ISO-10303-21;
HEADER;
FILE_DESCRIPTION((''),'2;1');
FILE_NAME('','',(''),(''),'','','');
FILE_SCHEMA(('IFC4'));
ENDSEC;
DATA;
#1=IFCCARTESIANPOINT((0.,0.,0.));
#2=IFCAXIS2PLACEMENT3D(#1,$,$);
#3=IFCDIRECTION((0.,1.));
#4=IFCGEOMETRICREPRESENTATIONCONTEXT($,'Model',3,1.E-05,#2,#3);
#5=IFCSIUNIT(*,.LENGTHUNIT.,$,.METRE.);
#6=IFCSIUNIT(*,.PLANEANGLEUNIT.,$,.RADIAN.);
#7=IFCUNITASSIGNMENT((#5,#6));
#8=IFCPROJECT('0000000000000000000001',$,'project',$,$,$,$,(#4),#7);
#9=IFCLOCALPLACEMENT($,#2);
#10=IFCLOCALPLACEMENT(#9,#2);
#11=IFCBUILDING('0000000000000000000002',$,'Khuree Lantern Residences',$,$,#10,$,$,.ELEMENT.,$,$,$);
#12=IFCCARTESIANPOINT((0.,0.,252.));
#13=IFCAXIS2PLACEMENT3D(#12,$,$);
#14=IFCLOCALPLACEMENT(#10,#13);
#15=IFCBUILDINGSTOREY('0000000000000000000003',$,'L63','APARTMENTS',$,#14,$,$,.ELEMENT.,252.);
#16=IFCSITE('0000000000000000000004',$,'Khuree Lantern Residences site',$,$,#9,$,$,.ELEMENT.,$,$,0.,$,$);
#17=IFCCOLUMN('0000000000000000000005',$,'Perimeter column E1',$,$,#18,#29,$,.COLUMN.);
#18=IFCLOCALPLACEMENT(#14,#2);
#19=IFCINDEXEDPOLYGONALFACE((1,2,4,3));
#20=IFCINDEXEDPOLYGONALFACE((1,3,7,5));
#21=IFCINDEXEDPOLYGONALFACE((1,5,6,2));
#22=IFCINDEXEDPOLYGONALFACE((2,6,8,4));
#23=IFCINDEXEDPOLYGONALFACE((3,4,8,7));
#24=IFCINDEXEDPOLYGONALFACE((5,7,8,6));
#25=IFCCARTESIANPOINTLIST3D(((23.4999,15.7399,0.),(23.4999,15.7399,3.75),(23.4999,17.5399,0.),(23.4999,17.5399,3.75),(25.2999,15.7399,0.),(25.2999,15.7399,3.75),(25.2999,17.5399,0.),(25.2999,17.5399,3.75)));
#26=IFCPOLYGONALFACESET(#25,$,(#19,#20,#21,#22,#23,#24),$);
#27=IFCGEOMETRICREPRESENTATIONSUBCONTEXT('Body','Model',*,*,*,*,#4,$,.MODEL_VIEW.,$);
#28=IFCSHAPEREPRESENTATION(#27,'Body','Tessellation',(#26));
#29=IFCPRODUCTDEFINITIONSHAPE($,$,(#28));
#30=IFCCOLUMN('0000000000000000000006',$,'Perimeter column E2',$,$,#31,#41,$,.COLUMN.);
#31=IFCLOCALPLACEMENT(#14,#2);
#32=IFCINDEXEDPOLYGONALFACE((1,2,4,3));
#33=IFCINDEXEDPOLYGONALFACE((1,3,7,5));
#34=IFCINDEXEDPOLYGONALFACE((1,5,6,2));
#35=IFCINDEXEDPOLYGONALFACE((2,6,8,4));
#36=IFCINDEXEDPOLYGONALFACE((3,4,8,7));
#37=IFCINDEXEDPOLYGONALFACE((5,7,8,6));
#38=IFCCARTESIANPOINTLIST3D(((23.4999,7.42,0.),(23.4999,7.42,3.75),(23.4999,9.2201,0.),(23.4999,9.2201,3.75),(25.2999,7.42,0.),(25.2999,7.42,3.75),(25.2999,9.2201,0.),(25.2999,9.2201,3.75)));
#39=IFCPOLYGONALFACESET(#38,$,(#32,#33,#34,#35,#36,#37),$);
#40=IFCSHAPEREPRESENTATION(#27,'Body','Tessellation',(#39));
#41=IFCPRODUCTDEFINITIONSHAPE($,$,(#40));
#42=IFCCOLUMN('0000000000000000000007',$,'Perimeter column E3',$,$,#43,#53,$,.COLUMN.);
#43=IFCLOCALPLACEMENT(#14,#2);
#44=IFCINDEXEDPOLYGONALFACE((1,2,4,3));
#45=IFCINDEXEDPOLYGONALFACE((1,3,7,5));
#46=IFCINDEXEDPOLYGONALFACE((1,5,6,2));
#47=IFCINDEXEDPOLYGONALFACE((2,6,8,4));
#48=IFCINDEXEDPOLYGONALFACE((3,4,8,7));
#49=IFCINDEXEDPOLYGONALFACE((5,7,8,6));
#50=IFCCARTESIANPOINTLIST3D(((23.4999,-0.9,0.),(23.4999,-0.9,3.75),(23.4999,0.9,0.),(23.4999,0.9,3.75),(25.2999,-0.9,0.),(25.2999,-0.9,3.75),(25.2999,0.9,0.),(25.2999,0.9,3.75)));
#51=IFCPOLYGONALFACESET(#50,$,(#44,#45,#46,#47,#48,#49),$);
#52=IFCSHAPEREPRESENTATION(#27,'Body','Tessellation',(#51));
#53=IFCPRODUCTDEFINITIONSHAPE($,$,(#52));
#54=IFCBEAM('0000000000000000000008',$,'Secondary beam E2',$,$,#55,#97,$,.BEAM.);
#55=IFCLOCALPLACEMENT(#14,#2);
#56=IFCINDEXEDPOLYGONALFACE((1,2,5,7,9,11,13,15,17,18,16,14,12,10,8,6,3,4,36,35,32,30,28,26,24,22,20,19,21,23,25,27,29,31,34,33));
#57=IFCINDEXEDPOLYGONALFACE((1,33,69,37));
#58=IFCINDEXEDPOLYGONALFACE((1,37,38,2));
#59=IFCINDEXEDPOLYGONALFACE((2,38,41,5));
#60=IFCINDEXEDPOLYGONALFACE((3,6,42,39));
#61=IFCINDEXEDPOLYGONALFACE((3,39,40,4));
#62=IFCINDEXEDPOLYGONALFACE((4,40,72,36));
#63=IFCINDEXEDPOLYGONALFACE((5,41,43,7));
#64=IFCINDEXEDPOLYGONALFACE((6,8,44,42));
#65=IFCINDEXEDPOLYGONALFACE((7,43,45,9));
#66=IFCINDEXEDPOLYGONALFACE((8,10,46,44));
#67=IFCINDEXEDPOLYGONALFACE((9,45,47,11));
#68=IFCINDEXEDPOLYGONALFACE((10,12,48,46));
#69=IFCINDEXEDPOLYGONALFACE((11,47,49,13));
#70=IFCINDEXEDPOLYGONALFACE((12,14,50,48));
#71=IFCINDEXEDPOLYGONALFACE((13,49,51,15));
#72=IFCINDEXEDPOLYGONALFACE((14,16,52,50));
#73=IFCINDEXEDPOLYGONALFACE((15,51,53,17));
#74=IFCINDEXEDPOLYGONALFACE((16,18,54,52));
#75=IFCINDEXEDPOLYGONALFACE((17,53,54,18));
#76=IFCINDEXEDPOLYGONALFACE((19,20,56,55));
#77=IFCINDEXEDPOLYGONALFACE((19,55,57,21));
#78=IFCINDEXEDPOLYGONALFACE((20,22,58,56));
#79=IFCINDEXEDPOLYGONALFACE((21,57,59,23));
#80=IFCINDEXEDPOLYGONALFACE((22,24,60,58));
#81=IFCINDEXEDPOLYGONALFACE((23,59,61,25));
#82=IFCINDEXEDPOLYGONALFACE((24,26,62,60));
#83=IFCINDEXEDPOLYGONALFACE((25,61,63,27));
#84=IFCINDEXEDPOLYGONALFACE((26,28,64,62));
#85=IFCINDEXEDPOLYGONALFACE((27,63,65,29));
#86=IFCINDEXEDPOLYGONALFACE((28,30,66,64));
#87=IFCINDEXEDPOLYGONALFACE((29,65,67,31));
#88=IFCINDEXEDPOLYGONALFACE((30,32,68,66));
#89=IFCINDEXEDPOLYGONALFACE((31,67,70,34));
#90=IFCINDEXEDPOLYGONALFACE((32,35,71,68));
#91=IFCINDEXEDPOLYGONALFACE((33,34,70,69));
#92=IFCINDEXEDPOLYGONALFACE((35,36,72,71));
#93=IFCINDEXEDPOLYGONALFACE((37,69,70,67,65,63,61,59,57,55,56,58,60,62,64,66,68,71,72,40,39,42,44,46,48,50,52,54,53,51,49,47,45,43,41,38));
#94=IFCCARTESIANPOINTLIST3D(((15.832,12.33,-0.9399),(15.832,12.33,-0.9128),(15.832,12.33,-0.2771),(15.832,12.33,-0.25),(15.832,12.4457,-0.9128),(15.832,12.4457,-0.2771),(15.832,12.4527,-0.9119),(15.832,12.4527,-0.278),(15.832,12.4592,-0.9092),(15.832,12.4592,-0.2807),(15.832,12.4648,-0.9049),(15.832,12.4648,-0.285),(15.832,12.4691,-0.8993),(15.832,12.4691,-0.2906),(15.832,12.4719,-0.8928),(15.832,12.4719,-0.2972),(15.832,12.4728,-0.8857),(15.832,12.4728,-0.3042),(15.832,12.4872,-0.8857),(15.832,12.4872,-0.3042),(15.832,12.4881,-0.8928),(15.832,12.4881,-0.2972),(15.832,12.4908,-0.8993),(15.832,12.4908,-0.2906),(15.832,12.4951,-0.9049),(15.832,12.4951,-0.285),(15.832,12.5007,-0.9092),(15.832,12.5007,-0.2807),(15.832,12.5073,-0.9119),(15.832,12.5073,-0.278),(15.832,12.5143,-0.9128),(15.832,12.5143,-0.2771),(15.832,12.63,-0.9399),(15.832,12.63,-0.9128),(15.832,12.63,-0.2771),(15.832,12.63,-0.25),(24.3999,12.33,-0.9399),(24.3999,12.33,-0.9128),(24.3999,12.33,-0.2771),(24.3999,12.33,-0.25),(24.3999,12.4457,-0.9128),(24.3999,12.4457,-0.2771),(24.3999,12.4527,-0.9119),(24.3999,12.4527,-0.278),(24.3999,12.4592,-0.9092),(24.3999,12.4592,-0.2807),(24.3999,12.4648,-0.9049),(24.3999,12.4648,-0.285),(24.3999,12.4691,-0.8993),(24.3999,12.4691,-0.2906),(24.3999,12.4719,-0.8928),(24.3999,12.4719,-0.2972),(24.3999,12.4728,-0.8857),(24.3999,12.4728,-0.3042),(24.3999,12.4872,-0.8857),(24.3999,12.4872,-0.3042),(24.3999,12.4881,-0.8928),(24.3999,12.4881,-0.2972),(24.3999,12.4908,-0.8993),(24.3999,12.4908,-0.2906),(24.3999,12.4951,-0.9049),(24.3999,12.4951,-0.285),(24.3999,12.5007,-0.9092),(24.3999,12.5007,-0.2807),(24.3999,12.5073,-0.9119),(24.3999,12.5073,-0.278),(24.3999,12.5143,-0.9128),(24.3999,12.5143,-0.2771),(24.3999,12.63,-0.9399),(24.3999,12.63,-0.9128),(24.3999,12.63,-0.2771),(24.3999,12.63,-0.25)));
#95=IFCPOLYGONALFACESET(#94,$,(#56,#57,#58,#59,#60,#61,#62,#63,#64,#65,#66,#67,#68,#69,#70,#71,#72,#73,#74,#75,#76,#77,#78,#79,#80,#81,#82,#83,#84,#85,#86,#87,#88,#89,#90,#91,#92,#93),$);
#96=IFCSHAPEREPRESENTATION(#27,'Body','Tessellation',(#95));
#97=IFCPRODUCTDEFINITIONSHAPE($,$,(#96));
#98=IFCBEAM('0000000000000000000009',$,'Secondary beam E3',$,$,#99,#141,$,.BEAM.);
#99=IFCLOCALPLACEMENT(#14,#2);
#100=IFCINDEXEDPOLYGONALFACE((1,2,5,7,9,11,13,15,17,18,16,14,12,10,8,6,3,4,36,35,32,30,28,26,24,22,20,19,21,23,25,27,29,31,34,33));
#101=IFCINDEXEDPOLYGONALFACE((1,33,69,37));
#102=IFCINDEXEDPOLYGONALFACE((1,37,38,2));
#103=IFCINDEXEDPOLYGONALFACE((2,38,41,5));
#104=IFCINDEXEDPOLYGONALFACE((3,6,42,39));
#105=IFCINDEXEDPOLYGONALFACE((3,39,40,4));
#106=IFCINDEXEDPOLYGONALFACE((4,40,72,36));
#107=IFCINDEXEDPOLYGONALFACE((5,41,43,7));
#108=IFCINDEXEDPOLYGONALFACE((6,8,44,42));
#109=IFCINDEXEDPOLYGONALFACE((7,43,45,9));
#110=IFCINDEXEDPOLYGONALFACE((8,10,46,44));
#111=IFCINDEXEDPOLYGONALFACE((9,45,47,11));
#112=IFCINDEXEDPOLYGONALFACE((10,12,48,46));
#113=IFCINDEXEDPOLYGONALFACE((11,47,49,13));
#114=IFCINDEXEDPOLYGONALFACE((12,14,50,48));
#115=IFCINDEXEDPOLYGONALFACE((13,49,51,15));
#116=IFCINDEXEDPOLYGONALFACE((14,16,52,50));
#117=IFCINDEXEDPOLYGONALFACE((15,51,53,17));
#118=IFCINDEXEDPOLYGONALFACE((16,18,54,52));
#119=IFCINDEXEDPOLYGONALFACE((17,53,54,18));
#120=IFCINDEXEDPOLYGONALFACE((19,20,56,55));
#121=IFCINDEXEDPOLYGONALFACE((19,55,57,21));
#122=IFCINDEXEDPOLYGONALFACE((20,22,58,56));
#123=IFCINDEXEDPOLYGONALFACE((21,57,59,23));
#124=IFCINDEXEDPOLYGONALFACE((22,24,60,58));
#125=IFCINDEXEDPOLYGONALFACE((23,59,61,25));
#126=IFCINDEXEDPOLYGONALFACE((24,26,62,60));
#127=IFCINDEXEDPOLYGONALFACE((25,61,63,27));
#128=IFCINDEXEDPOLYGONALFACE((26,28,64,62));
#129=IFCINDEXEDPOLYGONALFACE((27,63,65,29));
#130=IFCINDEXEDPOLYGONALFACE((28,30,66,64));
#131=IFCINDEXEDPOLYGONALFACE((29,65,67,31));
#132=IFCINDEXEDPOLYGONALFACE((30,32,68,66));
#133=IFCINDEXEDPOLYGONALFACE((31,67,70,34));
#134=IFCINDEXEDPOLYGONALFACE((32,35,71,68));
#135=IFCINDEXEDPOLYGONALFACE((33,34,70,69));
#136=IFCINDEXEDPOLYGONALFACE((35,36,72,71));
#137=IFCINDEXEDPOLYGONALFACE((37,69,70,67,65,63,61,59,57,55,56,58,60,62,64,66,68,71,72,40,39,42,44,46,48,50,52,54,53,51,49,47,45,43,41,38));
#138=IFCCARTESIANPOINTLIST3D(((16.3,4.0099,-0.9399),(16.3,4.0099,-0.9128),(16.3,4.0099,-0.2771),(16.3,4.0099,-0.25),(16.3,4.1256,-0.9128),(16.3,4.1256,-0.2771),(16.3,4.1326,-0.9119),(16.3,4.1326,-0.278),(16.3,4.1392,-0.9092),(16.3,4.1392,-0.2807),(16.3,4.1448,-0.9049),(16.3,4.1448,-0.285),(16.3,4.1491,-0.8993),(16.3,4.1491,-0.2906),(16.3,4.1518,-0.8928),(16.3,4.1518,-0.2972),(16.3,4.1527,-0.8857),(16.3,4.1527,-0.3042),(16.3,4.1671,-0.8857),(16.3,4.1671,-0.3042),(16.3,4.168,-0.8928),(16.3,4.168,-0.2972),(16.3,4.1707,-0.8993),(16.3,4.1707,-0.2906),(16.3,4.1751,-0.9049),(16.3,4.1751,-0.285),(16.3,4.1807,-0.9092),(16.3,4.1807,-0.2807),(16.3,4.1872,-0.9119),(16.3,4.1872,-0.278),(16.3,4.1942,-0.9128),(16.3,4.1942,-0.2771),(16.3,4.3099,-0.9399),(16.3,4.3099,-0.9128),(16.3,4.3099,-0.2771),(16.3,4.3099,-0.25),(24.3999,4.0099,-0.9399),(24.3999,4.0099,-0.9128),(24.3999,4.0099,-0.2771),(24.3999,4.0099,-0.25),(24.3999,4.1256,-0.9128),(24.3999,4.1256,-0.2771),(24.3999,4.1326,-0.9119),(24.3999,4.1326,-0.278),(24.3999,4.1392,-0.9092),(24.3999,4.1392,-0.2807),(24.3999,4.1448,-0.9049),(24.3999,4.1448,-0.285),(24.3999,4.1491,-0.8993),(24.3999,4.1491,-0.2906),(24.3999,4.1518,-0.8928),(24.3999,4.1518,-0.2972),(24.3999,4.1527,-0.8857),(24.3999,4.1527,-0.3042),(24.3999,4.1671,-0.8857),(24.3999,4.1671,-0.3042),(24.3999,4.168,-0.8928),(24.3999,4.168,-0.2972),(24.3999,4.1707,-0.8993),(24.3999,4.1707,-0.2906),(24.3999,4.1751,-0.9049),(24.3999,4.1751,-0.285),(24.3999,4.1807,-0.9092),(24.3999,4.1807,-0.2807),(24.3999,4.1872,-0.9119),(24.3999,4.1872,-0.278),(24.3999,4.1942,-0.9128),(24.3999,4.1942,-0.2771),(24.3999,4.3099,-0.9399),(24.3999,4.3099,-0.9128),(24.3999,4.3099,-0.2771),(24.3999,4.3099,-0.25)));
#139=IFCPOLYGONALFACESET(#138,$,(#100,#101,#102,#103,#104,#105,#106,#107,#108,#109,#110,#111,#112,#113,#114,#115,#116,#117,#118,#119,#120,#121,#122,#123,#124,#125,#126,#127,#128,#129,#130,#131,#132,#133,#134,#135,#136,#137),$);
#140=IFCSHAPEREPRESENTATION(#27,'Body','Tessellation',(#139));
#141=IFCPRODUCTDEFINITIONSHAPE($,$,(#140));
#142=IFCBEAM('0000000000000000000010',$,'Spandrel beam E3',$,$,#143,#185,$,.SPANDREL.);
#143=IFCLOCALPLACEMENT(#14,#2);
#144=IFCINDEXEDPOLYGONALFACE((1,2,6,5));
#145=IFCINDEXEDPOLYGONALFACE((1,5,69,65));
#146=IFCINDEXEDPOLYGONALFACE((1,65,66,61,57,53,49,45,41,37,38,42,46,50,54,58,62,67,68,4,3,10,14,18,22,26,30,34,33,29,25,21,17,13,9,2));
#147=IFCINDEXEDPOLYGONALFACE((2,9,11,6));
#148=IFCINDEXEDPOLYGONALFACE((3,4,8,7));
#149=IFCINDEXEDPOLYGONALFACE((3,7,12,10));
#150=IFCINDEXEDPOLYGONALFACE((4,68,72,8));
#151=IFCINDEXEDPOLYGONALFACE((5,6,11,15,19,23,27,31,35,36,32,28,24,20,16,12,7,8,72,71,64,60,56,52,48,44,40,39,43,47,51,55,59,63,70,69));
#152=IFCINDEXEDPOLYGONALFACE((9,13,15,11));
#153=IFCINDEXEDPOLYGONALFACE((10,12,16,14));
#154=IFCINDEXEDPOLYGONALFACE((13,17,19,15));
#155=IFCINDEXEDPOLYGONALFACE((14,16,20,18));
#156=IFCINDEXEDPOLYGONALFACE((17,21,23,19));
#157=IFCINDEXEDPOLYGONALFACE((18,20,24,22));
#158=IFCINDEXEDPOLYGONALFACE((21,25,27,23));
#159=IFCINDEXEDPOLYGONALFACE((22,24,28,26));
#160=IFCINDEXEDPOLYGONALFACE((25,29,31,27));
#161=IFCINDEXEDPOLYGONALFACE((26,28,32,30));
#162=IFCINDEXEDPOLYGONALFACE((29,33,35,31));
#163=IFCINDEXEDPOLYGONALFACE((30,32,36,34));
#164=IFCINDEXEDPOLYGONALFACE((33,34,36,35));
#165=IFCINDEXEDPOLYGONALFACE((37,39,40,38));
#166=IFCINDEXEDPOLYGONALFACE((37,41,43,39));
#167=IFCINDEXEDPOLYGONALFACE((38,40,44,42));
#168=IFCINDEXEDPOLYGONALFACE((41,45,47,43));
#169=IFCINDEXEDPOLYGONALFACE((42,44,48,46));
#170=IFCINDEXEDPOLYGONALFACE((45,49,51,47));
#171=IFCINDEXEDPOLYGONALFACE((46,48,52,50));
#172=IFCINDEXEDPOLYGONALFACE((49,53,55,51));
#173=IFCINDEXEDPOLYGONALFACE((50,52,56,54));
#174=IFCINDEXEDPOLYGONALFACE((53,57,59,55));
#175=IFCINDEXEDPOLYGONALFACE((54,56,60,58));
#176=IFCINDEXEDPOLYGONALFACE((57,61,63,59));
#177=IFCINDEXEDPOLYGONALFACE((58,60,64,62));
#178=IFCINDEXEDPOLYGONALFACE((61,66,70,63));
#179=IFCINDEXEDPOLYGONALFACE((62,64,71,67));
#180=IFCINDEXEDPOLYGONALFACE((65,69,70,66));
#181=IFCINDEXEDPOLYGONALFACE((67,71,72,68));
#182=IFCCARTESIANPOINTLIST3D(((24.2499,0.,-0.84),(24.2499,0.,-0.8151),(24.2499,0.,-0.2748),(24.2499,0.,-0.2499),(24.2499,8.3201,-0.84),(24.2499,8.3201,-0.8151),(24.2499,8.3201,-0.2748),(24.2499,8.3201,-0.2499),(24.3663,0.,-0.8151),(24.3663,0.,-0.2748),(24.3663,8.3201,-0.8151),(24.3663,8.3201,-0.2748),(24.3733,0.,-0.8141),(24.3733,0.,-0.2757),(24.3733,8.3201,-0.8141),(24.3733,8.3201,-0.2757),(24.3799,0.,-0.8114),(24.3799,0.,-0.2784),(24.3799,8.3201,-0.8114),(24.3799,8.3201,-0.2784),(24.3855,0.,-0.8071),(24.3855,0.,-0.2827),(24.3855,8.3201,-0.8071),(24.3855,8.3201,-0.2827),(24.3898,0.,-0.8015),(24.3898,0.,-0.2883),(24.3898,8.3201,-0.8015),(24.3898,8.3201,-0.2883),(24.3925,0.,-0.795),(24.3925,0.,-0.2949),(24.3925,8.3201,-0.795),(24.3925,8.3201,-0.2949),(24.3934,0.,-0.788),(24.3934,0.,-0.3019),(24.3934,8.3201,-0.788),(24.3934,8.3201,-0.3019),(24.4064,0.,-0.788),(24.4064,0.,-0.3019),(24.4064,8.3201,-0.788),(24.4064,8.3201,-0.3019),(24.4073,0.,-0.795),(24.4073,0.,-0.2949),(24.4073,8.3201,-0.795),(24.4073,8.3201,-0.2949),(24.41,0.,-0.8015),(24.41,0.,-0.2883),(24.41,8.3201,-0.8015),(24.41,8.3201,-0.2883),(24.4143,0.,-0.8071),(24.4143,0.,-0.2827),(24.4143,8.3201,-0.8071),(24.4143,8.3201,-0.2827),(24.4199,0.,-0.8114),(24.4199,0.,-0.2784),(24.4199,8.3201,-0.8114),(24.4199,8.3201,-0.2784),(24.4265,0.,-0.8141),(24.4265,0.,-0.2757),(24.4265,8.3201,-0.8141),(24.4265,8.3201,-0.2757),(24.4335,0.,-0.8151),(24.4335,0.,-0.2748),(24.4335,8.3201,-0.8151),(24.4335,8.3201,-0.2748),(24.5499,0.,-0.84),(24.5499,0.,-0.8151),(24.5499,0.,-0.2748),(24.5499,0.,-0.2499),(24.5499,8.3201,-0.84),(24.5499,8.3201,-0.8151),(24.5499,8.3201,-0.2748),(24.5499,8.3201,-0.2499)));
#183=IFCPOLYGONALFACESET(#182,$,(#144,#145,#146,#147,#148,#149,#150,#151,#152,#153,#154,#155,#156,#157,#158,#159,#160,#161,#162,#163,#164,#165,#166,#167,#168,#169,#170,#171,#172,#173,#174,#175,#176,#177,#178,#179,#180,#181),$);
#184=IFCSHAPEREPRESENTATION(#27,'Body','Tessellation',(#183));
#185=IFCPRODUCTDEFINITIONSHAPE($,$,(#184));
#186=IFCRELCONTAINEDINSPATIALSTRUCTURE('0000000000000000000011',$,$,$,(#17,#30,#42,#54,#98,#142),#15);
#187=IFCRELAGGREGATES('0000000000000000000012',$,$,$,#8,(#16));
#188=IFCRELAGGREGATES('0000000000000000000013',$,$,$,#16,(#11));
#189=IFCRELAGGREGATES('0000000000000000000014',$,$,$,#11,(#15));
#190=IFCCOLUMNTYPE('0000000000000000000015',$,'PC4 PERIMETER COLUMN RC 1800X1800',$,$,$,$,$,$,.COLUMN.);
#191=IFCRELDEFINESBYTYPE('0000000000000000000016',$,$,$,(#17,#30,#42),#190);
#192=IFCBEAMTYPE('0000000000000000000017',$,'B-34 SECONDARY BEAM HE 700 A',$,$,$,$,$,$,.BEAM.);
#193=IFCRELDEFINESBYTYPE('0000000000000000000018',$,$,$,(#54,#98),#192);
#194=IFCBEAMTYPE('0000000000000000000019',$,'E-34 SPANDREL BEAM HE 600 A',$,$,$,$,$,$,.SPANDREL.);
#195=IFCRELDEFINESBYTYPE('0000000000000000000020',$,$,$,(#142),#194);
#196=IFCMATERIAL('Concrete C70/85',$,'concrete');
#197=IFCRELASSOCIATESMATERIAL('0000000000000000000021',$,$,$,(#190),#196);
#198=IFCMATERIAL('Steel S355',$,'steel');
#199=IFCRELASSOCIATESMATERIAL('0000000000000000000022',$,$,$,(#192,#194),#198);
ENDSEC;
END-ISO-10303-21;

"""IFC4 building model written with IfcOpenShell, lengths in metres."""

from ifc_helpers import new_model, si_unit, direction, frame, origin, origin_2d, place, context, subcontext, project, spatial, rectangle, i_section, extrude, material, material_profile, profile_set, type_object, element, save


model = new_model("IFC4")

# Units and contexts
model_context = context("Model", 3, precision=1e-05, world=origin(), true_north=direction((0.0, 1.0)))
body_context = subcontext(model_context, "Body", "Model", "MODEL_VIEW")
ifc_project = project(units=[si_unit("LENGTHUNIT", "METRE"), si_unit("PLANEANGLEUNIT", "RADIAN")], contexts=[model_context])

# Site, building, storey
site_placement = place(None, origin())
site = spatial("IfcSite", under=ifc_project, at=site_placement, Name="Khuree Lantern Residences site", CompositionType="ELEMENT", RefElevation=0.0)
building_placement = place(site_placement, origin())
building = spatial("IfcBuilding", under=site, at=building_placement, Name="Khuree Lantern Residences", CompositionType="ELEMENT")
storey_placement = place(building_placement, frame((0.0, 0.0, 252.0)))
storey = spatial("IfcBuildingStorey", under=building, at=storey_placement, Name="L63", Description="APARTMENTS", CompositionType="ELEMENT", Elevation=252.0)

# Columns
ifc_material_1 = material(Name="Concrete C70/85", Category="concrete")
ifc_material_profile_1 = material_profile(ifc_material_1, rectangle(XDim=1.8, YDim=1.8, at=origin_2d()), Name="RC 1800X1800")
ifc_profile_set_1 = profile_set([ifc_material_profile_1], Name="Concrete C70/85")
column_type = type_object("IfcColumnType", Name="PC4 PERIMETER COLUMN RC 1800X1800", PredefinedType="COLUMN", material=ifc_profile_set_1)
for number, where, z_axis, x_axis, name in (
    (1, (24.3999, 16.6399, 0.0), (0.0, 0.0, 1.0), (0.0, 1.0, 0.0), "Perimeter column E1"),
    (2, (24.3999, 8.3201, 0.0), (0.0, 0.0, 1.0), (0.0, 1.0, 0.0), "Perimeter column E2"),
    (3, (24.3999, 0.0, 0.0), (0.0, 0.0, 1.0), (0.0, 1.0, 0.0), "Perimeter column E3"),
):
    element("IfcColumn", number, at=place(storey_placement, frame(where, z_axis=z_axis, x_axis=x_axis)), inside=storey, type_object=column_type, Name=name, PredefinedType="COLUMN", context=body_context, shape_type="SweptSolid", body=[
        extrude(rectangle(XDim=1.8, YDim=1.8, at=origin_2d()), origin(), (0.0, 0.0, 1.0), 3.75),
    ])

# Beams
ifc_material_2 = material(Name="Steel S355", Category="steel")
ifc_material_profile_2 = material_profile(ifc_material_2, i_section(OverallWidth=0.3, OverallDepth=0.6899, WebThickness=0.0144, FlangeThickness=0.0271, FilletRadius=0.0271, at=origin_2d()), Name="HE 700 A")
ifc_profile_set_2 = profile_set([ifc_material_profile_2], Name="Steel S355")
beam_type_1 = type_object("IfcBeamType", Name="B-34 SECONDARY BEAM HE 700 A", PredefinedType="BEAM", material=ifc_profile_set_2)
beam_1_placement = place(storey_placement, frame((24.3999, 12.48, -0.595), z_axis=(-1.0, 0.0, 0.0), x_axis=(0.0, -1.0, 0.0)))
element("IfcBeam", 4, at=beam_1_placement, inside=storey, type_object=beam_type_1, Name="Secondary beam E2", PredefinedType="BEAM", context=body_context, shape_type="SweptSolid", body=[
    extrude(i_section(OverallWidth=0.3, OverallDepth=0.6899, WebThickness=0.0144, FlangeThickness=0.0271, FilletRadius=0.0271, at=origin_2d()), origin(), (0.0, 0.0, 1.0), 8.5679),
])
beam_2_placement = place(storey_placement, frame((24.3999, 4.1599, -0.595), z_axis=(-1.0, 0.0, 0.0), x_axis=(0.0, -1.0, 0.0)))
element("IfcBeam", 5, at=beam_2_placement, inside=storey, type_object=beam_type_1, Name="Secondary beam E3", PredefinedType="BEAM", context=body_context, shape_type="SweptSolid", body=[
    extrude(i_section(OverallWidth=0.3, OverallDepth=0.6899, WebThickness=0.0144, FlangeThickness=0.0271, FilletRadius=0.0271, at=origin_2d()), origin(), (0.0, 0.0, 1.0), 8.0999),
])
ifc_material_profile_3 = material_profile(ifc_material_2, i_section(OverallWidth=0.3, OverallDepth=0.5901, WebThickness=0.0129, FlangeThickness=0.0249, FilletRadius=0.0271, at=origin_2d()), Name="HE 600 A")
ifc_profile_set_3 = profile_set([ifc_material_profile_3], Name="Steel S355")
beam_type_2 = type_object("IfcBeamType", Name="E-34 SPANDREL BEAM HE 600 A", PredefinedType="SPANDREL", material=ifc_profile_set_3)
for number, where, z_axis, x_axis, name in (
    (6, (24.3999, 8.3201, -0.5449), (0.0, -1.0, 0.0), (1.0, 0.0, 0.0), "Spandrel beam E3"),
):
    element("IfcBeam", number, at=place(storey_placement, frame(where, z_axis=z_axis, x_axis=x_axis)), inside=storey, type_object=beam_type_2, Name=name, PredefinedType="SPANDREL", context=body_context, shape_type="SweptSolid", body=[
        extrude(i_section(OverallWidth=0.3, OverallDepth=0.5901, WebThickness=0.0129, FlangeThickness=0.0249, FilletRadius=0.0271, at=origin_2d()), origin(), (0.0, 0.0, 1.0), 8.3201),
    ])

save(model, "model.ifc")
